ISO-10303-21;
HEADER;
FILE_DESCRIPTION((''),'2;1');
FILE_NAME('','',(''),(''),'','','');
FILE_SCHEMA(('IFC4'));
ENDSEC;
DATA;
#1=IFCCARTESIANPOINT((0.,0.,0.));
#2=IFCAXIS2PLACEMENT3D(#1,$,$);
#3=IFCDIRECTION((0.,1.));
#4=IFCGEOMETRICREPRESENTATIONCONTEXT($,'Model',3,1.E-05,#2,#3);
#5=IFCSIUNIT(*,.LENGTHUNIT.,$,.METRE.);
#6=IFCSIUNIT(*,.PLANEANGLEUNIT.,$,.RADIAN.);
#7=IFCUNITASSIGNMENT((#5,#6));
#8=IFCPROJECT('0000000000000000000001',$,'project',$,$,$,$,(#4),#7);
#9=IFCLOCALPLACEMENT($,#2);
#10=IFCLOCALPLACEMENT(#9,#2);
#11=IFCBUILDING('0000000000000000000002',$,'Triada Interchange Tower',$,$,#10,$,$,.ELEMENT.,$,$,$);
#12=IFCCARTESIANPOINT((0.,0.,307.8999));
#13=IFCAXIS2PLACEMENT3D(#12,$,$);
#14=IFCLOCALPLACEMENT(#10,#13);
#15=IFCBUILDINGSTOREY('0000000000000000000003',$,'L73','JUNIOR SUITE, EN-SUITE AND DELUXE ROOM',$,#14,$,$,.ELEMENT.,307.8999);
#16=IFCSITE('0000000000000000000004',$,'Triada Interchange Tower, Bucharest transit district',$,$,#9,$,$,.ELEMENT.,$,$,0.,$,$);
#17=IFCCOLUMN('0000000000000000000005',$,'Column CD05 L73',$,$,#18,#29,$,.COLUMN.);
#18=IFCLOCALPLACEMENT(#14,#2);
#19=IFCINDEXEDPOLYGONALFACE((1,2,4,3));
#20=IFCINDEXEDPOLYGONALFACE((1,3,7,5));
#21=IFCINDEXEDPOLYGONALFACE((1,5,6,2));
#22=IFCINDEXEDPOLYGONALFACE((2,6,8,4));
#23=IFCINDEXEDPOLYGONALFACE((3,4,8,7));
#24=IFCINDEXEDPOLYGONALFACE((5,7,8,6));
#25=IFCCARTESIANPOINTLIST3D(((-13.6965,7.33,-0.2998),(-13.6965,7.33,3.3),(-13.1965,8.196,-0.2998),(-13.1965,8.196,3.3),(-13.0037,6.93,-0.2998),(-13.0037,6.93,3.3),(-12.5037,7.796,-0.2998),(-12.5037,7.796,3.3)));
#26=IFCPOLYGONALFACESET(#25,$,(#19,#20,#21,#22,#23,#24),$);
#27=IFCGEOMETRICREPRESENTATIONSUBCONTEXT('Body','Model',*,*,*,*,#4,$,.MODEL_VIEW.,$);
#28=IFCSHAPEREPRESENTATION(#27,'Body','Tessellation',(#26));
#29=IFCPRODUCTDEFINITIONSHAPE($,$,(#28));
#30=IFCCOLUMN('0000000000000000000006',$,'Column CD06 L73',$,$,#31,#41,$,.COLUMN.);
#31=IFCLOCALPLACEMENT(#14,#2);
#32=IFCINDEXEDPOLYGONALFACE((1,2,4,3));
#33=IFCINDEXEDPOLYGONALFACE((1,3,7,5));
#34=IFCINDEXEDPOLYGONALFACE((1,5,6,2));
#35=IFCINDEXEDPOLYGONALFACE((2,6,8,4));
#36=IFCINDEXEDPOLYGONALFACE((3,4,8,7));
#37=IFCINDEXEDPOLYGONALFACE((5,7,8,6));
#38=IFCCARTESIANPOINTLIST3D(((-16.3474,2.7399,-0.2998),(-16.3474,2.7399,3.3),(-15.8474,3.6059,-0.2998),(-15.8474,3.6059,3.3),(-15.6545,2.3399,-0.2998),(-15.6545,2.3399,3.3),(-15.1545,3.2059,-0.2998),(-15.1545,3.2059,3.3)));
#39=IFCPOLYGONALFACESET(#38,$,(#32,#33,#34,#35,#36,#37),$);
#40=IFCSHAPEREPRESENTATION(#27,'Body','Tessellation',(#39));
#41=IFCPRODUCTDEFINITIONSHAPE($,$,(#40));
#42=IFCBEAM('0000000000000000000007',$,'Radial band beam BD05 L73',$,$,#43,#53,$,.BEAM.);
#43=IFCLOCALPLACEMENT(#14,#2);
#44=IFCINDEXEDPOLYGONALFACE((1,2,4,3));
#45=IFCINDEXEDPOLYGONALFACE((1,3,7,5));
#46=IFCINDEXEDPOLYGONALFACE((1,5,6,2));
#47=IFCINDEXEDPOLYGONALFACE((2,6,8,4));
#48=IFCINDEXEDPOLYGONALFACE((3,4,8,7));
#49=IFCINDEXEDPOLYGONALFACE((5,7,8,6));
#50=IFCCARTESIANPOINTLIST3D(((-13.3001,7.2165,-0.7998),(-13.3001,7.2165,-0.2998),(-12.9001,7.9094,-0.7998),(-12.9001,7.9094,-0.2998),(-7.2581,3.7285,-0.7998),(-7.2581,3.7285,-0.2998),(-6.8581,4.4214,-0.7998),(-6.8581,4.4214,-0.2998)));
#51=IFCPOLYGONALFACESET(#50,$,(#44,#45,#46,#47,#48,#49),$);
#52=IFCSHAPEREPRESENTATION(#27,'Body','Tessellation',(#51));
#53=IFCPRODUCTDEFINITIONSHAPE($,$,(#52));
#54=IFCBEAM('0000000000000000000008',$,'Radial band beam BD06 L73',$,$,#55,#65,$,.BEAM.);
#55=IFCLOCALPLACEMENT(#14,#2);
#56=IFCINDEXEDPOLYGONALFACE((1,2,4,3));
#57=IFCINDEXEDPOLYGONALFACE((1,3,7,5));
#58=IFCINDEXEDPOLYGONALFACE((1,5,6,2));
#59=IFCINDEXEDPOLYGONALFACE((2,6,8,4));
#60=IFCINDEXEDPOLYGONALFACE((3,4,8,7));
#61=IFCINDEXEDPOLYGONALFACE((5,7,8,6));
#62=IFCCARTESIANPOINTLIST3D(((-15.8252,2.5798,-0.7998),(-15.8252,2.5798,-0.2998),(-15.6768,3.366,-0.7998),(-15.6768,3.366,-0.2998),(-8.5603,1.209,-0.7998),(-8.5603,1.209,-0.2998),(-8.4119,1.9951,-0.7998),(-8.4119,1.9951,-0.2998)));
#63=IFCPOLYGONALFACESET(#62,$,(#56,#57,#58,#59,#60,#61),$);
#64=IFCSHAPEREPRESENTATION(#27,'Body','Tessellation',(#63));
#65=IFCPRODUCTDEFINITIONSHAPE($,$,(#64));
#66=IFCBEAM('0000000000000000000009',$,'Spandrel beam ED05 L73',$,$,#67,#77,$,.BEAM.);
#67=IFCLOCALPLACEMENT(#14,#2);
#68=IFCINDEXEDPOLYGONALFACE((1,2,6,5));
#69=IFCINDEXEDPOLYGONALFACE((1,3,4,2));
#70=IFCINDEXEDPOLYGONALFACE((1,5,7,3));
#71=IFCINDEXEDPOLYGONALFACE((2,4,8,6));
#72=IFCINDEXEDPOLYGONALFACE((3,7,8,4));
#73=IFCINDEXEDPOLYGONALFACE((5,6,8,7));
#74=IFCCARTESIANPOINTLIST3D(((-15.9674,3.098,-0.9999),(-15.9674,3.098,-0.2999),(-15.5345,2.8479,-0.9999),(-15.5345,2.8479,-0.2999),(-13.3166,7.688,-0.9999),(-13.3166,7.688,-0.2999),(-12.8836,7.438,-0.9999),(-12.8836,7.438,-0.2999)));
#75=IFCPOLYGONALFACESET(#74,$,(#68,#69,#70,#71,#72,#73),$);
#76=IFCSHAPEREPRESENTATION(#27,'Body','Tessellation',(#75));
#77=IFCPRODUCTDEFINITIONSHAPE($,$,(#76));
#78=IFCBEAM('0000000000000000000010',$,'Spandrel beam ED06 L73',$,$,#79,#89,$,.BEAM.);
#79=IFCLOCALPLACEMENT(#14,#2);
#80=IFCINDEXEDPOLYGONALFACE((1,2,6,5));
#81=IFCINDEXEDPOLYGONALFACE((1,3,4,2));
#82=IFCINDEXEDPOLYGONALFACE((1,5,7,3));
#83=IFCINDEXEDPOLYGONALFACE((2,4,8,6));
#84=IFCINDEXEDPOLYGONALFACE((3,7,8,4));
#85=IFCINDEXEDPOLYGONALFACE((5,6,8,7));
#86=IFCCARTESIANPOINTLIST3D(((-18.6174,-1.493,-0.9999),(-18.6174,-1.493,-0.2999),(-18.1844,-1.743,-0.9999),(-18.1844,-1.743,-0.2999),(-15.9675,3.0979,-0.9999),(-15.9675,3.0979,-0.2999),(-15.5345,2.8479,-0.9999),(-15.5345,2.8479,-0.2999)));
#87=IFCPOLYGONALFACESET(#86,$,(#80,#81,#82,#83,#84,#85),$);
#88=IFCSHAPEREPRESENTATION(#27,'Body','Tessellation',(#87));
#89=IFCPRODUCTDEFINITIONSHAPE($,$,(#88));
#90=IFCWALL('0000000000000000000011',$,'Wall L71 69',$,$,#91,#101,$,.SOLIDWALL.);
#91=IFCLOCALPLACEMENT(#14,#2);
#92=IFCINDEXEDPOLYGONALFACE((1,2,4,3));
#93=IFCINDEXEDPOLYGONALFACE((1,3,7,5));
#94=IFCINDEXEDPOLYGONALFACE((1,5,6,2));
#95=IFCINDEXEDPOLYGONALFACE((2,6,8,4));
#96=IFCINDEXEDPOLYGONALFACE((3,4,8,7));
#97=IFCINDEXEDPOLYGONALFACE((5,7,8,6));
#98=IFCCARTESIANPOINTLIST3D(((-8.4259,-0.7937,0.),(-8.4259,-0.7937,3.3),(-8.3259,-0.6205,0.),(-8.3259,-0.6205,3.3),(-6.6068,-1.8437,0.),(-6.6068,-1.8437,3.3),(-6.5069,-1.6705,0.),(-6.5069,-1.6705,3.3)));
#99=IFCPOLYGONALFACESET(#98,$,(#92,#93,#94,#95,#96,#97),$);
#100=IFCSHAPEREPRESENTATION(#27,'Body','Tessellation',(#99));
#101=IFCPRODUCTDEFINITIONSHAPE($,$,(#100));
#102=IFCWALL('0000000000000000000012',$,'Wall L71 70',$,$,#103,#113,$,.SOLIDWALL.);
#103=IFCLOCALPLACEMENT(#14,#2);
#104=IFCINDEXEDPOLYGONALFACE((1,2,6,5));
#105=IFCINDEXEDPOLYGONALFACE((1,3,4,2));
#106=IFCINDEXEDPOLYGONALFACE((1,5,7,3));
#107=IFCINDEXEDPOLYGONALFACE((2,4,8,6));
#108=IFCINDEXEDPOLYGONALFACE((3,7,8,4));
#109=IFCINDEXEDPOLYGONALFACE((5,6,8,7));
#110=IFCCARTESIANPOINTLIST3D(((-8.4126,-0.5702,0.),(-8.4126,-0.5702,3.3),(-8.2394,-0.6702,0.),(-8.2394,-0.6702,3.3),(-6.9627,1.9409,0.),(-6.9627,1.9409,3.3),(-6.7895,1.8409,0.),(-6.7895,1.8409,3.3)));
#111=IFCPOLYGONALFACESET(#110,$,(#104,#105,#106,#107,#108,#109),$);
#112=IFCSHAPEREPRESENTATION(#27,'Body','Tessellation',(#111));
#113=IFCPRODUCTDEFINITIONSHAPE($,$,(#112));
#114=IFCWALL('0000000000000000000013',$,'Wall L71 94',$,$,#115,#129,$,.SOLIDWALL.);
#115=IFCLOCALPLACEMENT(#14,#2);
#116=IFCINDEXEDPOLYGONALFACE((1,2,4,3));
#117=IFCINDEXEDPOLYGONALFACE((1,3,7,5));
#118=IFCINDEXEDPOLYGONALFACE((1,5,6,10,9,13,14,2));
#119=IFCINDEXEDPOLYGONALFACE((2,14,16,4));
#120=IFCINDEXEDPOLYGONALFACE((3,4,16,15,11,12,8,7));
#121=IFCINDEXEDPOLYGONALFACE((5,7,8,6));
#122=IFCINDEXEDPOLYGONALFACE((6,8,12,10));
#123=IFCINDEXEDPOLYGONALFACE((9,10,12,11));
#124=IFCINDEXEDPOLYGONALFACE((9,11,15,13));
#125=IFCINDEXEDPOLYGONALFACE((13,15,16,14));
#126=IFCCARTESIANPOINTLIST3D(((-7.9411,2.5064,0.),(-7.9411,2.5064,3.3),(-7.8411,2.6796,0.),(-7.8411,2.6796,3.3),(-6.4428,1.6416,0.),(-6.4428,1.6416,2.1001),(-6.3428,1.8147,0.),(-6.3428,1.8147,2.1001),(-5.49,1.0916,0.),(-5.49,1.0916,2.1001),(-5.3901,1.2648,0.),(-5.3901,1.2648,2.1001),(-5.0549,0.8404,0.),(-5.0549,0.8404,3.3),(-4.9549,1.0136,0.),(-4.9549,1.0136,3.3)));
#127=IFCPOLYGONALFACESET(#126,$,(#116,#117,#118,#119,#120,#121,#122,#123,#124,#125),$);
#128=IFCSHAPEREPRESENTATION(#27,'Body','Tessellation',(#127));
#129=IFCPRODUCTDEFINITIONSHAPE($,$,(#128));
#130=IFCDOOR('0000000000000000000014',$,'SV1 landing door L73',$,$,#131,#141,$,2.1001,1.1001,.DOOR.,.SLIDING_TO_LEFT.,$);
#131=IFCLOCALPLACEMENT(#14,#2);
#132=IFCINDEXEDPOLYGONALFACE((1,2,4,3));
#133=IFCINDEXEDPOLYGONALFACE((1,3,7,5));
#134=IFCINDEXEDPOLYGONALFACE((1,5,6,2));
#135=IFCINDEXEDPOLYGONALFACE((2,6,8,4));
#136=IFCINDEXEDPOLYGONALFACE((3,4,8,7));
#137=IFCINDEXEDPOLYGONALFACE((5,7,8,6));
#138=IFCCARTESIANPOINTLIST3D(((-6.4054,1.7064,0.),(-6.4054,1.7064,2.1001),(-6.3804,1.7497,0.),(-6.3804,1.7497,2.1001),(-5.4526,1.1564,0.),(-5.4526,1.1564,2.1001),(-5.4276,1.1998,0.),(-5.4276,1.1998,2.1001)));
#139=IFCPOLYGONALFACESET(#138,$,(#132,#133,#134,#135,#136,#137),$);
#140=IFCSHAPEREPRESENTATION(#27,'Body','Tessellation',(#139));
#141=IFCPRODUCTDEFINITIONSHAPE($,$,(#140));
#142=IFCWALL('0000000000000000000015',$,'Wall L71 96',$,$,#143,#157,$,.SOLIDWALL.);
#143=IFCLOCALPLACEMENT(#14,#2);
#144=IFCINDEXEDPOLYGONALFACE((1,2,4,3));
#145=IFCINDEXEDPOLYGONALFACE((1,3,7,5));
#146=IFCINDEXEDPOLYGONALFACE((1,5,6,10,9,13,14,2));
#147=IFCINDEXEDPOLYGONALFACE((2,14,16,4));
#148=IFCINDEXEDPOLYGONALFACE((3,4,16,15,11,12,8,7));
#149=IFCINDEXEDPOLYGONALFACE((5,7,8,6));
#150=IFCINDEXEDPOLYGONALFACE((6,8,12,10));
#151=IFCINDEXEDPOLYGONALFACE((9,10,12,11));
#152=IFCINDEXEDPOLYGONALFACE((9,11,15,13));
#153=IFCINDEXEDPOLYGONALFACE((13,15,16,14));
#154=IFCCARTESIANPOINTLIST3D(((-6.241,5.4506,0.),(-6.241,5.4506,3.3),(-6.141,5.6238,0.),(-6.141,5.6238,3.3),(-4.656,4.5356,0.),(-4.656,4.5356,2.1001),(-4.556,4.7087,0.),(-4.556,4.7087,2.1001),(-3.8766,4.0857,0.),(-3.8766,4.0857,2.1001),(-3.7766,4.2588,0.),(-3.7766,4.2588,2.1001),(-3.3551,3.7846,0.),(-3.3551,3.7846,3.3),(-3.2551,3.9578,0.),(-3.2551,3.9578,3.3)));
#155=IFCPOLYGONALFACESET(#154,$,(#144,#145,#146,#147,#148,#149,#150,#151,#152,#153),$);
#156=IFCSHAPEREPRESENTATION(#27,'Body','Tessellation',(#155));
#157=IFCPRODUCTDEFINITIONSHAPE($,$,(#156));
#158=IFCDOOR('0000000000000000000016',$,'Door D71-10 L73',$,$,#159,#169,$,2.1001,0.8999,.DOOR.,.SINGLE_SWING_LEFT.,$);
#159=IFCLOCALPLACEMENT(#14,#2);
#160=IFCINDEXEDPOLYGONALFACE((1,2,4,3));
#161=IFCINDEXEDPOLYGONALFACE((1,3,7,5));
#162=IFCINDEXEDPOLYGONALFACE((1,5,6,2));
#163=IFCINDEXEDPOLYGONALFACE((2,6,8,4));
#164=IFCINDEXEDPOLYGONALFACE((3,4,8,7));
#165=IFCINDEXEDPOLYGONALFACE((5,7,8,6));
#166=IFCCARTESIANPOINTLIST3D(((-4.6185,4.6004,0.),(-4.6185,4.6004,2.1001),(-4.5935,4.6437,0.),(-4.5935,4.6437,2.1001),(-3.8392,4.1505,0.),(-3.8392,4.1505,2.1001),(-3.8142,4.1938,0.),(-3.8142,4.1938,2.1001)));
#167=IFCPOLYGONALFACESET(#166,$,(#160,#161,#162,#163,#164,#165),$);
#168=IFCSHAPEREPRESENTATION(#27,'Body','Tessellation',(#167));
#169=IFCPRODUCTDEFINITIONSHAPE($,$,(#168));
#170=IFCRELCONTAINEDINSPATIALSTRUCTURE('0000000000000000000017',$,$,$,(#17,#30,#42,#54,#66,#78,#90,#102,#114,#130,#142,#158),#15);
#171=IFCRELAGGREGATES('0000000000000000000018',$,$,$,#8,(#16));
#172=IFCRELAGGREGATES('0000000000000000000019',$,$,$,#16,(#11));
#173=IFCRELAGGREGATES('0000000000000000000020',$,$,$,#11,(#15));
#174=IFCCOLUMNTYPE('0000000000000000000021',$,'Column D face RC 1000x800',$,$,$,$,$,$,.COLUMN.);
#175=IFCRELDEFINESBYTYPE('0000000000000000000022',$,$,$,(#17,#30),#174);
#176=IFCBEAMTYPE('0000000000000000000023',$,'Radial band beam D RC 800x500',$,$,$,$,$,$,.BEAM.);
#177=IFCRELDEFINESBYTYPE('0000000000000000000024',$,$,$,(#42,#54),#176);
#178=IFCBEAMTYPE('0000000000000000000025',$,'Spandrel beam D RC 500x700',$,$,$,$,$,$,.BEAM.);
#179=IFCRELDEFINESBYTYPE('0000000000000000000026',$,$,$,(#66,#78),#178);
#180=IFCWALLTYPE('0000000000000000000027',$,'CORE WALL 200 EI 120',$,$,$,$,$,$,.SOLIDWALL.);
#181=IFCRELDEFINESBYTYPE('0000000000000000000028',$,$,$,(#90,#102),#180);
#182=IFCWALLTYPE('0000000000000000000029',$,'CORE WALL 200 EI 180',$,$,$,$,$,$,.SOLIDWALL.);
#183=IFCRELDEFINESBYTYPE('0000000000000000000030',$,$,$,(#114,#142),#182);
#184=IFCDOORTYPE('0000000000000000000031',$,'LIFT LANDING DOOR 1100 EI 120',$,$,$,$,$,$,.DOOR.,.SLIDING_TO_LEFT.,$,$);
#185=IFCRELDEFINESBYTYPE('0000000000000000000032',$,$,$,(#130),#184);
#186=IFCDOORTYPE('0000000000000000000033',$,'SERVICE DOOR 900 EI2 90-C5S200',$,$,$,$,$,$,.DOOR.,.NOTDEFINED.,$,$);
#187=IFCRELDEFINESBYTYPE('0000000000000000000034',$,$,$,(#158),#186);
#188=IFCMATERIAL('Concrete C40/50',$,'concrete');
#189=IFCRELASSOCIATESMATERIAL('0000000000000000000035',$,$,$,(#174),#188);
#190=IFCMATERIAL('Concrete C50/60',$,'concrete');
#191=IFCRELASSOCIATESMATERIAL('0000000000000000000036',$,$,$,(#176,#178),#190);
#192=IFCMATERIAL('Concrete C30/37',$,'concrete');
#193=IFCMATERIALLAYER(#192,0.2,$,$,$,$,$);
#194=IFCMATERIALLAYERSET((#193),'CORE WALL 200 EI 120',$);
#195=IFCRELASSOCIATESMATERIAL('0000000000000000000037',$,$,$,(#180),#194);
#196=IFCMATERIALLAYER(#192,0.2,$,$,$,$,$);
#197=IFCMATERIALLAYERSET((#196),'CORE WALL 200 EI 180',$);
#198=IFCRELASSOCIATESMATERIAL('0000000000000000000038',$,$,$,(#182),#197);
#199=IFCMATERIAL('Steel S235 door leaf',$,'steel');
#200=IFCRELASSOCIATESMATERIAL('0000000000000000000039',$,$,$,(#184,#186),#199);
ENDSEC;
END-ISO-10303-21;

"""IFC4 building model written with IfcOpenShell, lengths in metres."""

from ifc_helpers import new_model, si_unit, direction, frame, frame_2d, origin, origin_2d, place, context, subcontext, project, spatial, rectangle, extrude, material, layer, layer_set, material_profile, profile_set, type_object, element, fill, save


model = new_model("IFC4")

# Units and contexts
model_context = context("Model", 3, precision=1e-05, world=origin(), true_north=direction((0.0, 1.0)))
body_context = subcontext(model_context, "Body", "Model", "MODEL_VIEW")
ifc_project = project(units=[si_unit("LENGTHUNIT", "METRE"), si_unit("PLANEANGLEUNIT", "RADIAN")], contexts=[model_context])

# Site, building, storey
site_placement = place(None, origin())
site = spatial("IfcSite", under=ifc_project, at=site_placement, Name="Triada Interchange Tower, Bucharest transit district", CompositionType="ELEMENT", RefElevation=0.0)
building_placement = place(site_placement, origin())
building = spatial("IfcBuilding", under=site, at=building_placement, Name="Triada Interchange Tower", CompositionType="ELEMENT")
storey_placement = place(building_placement, frame((0.0, 0.0, 307.8999)))
storey = spatial("IfcBuildingStorey", under=building, at=storey_placement, Name="L73", Description="JUNIOR SUITE, EN-SUITE AND DELUXE ROOM", CompositionType="ELEMENT", Elevation=307.8999)

# Columns
ifc_material_1 = material(Name="Concrete C40/50", Category="concrete")
ifc_material_profile_1 = material_profile(ifc_material_1, rectangle(XDim=1.0, YDim=0.8, at=origin_2d()), Name="RC 1000x800")
ifc_profile_set_1 = profile_set([ifc_material_profile_1], Name="Concrete C40/50")
column_type = type_object("IfcColumnType", Name="Column D face RC 1000x800", PredefinedType="COLUMN", material=ifc_profile_set_1)
for number, where, z_axis, x_axis, name in (
    (1, (-13.1001, 7.563, -0.2998), (0.0, 0.0, 1.0), (0.5, 0.866025, 0.0), "Column CD05 L73"),
    (2, (-15.751, 2.9729, -0.2998), (0.0, 0.0, 1.0), (0.5, 0.866025, 0.0), "Column CD06 L73"),
):
    element("IfcColumn", number, at=place(storey_placement, frame(where, z_axis=z_axis, x_axis=x_axis)), inside=storey, type_object=column_type, Name=name, PredefinedType="COLUMN", context=body_context, shape_type="SweptSolid", body=[
        extrude(rectangle(XDim=1.0, YDim=0.8, at=origin_2d()), origin(), (0.0, 0.0, 1.0), 3.5999),
    ])

# Beams
ifc_material_2 = material(Name="Concrete C50/60", Category="concrete")
ifc_material_profile_2 = material_profile(ifc_material_2, rectangle(XDim=0.8, YDim=0.5, at=origin_2d()), Name="RC 800x500")
ifc_profile_set_2 = profile_set([ifc_material_profile_2], Name="Concrete C50/60")
beam_type_1 = type_object("IfcBeamType", Name="Radial band beam D RC 800x500", PredefinedType="BEAM", material=ifc_profile_set_2)
beam_1_placement = place(storey_placement, frame((-13.1001, 7.563, -0.5498), z_axis=(0.866045, -0.499967, 0.0), x_axis=(0.499967, 0.866045, 0.0)))
element("IfcBeam", 3, at=beam_1_placement, inside=storey, type_object=beam_type_1, Name="Radial band beam BD05 L73", PredefinedType="BEAM", context=body_context, shape_type="SweptSolid", body=[
    extrude(rectangle(XDim=0.8, YDim=0.5, at=origin_2d()), origin(), (0.0, 0.0, 1.0), 6.9766),
])
beam_2_placement = place(storey_placement, frame((-15.751, 2.9729, -0.5498), z_axis=(0.982659, -0.185423, 0.0), x_axis=(0.185423, 0.982659, 0.0)))
element("IfcBeam", 4, at=beam_2_placement, inside=storey, type_object=beam_type_1, Name="Radial band beam BD06 L73", PredefinedType="BEAM", context=body_context, shape_type="SweptSolid", body=[
    extrude(rectangle(XDim=0.8, YDim=0.5, at=origin_2d()), origin(), (0.0, 0.0, 1.0), 7.3931),
])
ifc_material_profile_3 = material_profile(ifc_material_2, rectangle(XDim=0.5, YDim=0.7, at=origin_2d()), Name="RC 500x700")
ifc_profile_set_3 = profile_set([ifc_material_profile_3], Name="Concrete C50/60")
beam_type_2 = type_object("IfcBeamType", Name="Spandrel beam D RC 500x700", PredefinedType="BEAM", material=ifc_profile_set_3)
beam_3_placement = place(storey_placement, frame((-13.1001, 7.563, -0.6499), z_axis=(-0.500112, -0.865961, 0.0), x_axis=(0.865961, -0.500112, 0.0)))
element("IfcBeam", 5, at=beam_3_placement, inside=storey, type_object=beam_type_2, Name="Spandrel beam ED05 L73", PredefinedType="BEAM", context=body_context, shape_type="SweptSolid", body=[
    extrude(rectangle(XDim=0.5, YDim=0.7, at=origin_2d()), origin(), (0.0, 0.0, 1.0), 5.3005),
])
beam_4_placement = place(storey_placement, frame((-15.751, 2.9729, -0.6499), z_axis=(-0.499914, -0.866075, 0.0), x_axis=(0.866075, -0.499914, 0.0)))
element("IfcBeam", 6, at=beam_4_placement, inside=storey, type_object=beam_type_2, Name="Spandrel beam ED06 L73", PredefinedType="BEAM", context=body_context, shape_type="SweptSolid", body=[
    extrude(rectangle(XDim=0.5, YDim=0.7, at=origin_2d()), origin(), (0.0, 0.0, 1.0), 5.3008),
])

# Walls
ifc_material_3 = material(Name="Concrete C30/37", Category="concrete")
ifc_layer_1 = layer(ifc_material_3, 0.2)
ifc_layer_set_1 = layer_set([ifc_layer_1], Name="CORE WALL 200 EI 120")
wall_type_1 = type_object("IfcWallType", Name="CORE WALL 200 EI 120", PredefinedType="SOLIDWALL", material=ifc_layer_set_1)
wall_1_placement = place(storey_placement, frame((-8.376, -0.707, 0.0), z_axis=(0.0, 0.0, 1.0), x_axis=(0.866068, -0.499927, 0.0)))
element("IfcWall", 7, at=wall_1_placement, inside=storey, type_object=wall_type_1, Name="Wall L71 69", PredefinedType="SOLIDWALL", context=body_context, shape_type="SweptSolid", body=[
    extrude(rectangle(XDim=2.1003, YDim=0.2, at=frame_2d((1.0503, 0.0))), origin(), (0.0, 0.0, 1.0), 3.3),
])
wall_2_placement = place(storey_placement, frame((-8.3259, -0.6201, 0.0), z_axis=(0.0, 0.0, 1.0), x_axis=(0.500024, 0.866012, 0.0)))
element("IfcWall", 8, at=wall_2_placement, inside=storey, type_object=wall_type_1, Name="Wall L71 70", PredefinedType="SOLIDWALL", context=body_context, shape_type="SweptSolid", body=[
    extrude(rectangle(XDim=2.8997, YDim=0.2, at=frame_2d((1.4497, 0.0))), origin(), (0.0, 0.0, 1.0), 3.3),
])

# Walls, openings, doors
ifc_layer_2 = layer(ifc_material_3, 0.2)
ifc_layer_set_2 = layer_set([ifc_layer_2], Name="CORE WALL 200 EI 180")
wall_type_2 = type_object("IfcWallType", Name="CORE WALL 200 EI 180", PredefinedType="SOLIDWALL", material=ifc_layer_set_2)
wall_3_placement = place(storey_placement, frame((-7.8911, 2.593, 0.0), z_axis=(0.0, 0.0, 1.0), x_axis=(0.866071, -0.499921, 0.0)))
wall_3 = element("IfcWall", 9, at=wall_3_placement, inside=storey, type_object=wall_type_2, Name="Wall L71 94", PredefinedType="SOLIDWALL", context=body_context, shape_type="SweptSolid", body=[
    extrude(rectangle(XDim=3.3325, YDim=0.2, at=frame_2d((1.6663, 0.0))), origin(), (0.0, 0.0, 1.0), 3.3),
])
opening_1_placement = place(wall_3_placement, frame((1.73, 0.0, 0.0)))
opening_1 = element("IfcOpeningElement", 10, at=opening_1_placement, cuts=wall_3, PredefinedType="OPENING", context=body_context, shape_type="SweptSolid", body=[
    extrude(rectangle(XDim=1.1001, YDim=2.1001, at=frame_2d((0.55, 1.05))), frame((0.0, 0.1099, 0.0), z_axis=(0.0, -1.0, 0.0), x_axis=(1.0, 0.0, 0.0)), (0.0, 0.0, 1.0), 0.22),
])
ifc_material_4 = material(Name="Steel S235 door leaf", Category="steel")
door_type_1 = type_object("IfcDoorType", Name="LIFT LANDING DOOR 1100 EI 120", OperationType="SLIDING_TO_LEFT", PredefinedType="DOOR", material=ifc_material_4)
door_1_placement = place(opening_1_placement, origin())
door_1 = element("IfcDoor", 11, at=door_1_placement, inside=storey, type_object=door_type_1, Name="SV1 landing door L73", OperationType="SLIDING_TO_LEFT", OverallHeight=2.1001, OverallWidth=1.1001, PredefinedType="DOOR", context=body_context, shape_type="SweptSolid", body=[
    extrude(rectangle(XDim=1.1001, YDim=2.1001, at=frame_2d((0.55, 1.05))), frame((0.0, 0.0249, 0.0), z_axis=(0.0, -1.0, 0.0), x_axis=(1.0, 0.0, 0.0)), (0.0, 0.0, 1.0), 0.05),
])
fill(opening_1, door_1)
wall_4_placement = place(storey_placement, frame((-6.1909, 5.5371, 0.0), z_axis=(0.0, 0.0, 1.0), x_axis=(0.866053, -0.499953, 0.0)))
wall_4 = element("IfcWall", 12, at=wall_4_placement, inside=storey, type_object=wall_type_2, Name="Wall L71 96", PredefinedType="SOLIDWALL", context=body_context, shape_type="SweptSolid", body=[
    extrude(rectangle(XDim=3.3323, YDim=0.2, at=frame_2d((1.666, 0.0))), origin(), (0.0, 0.0, 1.0), 3.3),
])
opening_2_placement = place(wall_4_placement, frame((1.8301, 0.0, 0.0)))
opening_2 = element("IfcOpeningElement", 13, at=opening_2_placement, cuts=wall_4, PredefinedType="OPENING", context=body_context, shape_type="SweptSolid", body=[
    extrude(rectangle(XDim=0.8999, YDim=2.1001, at=frame_2d((0.45, 1.05))), frame((0.0, 0.1099, 0.0), z_axis=(0.0, -1.0, 0.0), x_axis=(1.0, 0.0, 0.0)), (0.0, 0.0, 1.0), 0.22),
])
door_type_2 = type_object("IfcDoorType", Name="SERVICE DOOR 900 EI2 90-C5S200", OperationType="NOTDEFINED", PredefinedType="DOOR", material=ifc_material_4)
door_2_placement = place(opening_2_placement, origin())
door_2 = element("IfcDoor", 14, at=door_2_placement, inside=storey, type_object=door_type_2, Name="Door D71-10 L73", OperationType="SINGLE_SWING_LEFT", OverallHeight=2.1001, OverallWidth=0.8999, PredefinedType="DOOR", context=body_context, shape_type="SweptSolid", body=[
    extrude(rectangle(XDim=0.8999, YDim=2.1001, at=frame_2d((0.45, 1.05))), frame((0.0, 0.0249, 0.0), z_axis=(0.0, -1.0, 0.0), x_axis=(1.0, 0.0, 0.0)), (0.0, 0.0, 1.0), 0.05),
])
fill(opening_2, door_2)

save(model, "model.ifc")
